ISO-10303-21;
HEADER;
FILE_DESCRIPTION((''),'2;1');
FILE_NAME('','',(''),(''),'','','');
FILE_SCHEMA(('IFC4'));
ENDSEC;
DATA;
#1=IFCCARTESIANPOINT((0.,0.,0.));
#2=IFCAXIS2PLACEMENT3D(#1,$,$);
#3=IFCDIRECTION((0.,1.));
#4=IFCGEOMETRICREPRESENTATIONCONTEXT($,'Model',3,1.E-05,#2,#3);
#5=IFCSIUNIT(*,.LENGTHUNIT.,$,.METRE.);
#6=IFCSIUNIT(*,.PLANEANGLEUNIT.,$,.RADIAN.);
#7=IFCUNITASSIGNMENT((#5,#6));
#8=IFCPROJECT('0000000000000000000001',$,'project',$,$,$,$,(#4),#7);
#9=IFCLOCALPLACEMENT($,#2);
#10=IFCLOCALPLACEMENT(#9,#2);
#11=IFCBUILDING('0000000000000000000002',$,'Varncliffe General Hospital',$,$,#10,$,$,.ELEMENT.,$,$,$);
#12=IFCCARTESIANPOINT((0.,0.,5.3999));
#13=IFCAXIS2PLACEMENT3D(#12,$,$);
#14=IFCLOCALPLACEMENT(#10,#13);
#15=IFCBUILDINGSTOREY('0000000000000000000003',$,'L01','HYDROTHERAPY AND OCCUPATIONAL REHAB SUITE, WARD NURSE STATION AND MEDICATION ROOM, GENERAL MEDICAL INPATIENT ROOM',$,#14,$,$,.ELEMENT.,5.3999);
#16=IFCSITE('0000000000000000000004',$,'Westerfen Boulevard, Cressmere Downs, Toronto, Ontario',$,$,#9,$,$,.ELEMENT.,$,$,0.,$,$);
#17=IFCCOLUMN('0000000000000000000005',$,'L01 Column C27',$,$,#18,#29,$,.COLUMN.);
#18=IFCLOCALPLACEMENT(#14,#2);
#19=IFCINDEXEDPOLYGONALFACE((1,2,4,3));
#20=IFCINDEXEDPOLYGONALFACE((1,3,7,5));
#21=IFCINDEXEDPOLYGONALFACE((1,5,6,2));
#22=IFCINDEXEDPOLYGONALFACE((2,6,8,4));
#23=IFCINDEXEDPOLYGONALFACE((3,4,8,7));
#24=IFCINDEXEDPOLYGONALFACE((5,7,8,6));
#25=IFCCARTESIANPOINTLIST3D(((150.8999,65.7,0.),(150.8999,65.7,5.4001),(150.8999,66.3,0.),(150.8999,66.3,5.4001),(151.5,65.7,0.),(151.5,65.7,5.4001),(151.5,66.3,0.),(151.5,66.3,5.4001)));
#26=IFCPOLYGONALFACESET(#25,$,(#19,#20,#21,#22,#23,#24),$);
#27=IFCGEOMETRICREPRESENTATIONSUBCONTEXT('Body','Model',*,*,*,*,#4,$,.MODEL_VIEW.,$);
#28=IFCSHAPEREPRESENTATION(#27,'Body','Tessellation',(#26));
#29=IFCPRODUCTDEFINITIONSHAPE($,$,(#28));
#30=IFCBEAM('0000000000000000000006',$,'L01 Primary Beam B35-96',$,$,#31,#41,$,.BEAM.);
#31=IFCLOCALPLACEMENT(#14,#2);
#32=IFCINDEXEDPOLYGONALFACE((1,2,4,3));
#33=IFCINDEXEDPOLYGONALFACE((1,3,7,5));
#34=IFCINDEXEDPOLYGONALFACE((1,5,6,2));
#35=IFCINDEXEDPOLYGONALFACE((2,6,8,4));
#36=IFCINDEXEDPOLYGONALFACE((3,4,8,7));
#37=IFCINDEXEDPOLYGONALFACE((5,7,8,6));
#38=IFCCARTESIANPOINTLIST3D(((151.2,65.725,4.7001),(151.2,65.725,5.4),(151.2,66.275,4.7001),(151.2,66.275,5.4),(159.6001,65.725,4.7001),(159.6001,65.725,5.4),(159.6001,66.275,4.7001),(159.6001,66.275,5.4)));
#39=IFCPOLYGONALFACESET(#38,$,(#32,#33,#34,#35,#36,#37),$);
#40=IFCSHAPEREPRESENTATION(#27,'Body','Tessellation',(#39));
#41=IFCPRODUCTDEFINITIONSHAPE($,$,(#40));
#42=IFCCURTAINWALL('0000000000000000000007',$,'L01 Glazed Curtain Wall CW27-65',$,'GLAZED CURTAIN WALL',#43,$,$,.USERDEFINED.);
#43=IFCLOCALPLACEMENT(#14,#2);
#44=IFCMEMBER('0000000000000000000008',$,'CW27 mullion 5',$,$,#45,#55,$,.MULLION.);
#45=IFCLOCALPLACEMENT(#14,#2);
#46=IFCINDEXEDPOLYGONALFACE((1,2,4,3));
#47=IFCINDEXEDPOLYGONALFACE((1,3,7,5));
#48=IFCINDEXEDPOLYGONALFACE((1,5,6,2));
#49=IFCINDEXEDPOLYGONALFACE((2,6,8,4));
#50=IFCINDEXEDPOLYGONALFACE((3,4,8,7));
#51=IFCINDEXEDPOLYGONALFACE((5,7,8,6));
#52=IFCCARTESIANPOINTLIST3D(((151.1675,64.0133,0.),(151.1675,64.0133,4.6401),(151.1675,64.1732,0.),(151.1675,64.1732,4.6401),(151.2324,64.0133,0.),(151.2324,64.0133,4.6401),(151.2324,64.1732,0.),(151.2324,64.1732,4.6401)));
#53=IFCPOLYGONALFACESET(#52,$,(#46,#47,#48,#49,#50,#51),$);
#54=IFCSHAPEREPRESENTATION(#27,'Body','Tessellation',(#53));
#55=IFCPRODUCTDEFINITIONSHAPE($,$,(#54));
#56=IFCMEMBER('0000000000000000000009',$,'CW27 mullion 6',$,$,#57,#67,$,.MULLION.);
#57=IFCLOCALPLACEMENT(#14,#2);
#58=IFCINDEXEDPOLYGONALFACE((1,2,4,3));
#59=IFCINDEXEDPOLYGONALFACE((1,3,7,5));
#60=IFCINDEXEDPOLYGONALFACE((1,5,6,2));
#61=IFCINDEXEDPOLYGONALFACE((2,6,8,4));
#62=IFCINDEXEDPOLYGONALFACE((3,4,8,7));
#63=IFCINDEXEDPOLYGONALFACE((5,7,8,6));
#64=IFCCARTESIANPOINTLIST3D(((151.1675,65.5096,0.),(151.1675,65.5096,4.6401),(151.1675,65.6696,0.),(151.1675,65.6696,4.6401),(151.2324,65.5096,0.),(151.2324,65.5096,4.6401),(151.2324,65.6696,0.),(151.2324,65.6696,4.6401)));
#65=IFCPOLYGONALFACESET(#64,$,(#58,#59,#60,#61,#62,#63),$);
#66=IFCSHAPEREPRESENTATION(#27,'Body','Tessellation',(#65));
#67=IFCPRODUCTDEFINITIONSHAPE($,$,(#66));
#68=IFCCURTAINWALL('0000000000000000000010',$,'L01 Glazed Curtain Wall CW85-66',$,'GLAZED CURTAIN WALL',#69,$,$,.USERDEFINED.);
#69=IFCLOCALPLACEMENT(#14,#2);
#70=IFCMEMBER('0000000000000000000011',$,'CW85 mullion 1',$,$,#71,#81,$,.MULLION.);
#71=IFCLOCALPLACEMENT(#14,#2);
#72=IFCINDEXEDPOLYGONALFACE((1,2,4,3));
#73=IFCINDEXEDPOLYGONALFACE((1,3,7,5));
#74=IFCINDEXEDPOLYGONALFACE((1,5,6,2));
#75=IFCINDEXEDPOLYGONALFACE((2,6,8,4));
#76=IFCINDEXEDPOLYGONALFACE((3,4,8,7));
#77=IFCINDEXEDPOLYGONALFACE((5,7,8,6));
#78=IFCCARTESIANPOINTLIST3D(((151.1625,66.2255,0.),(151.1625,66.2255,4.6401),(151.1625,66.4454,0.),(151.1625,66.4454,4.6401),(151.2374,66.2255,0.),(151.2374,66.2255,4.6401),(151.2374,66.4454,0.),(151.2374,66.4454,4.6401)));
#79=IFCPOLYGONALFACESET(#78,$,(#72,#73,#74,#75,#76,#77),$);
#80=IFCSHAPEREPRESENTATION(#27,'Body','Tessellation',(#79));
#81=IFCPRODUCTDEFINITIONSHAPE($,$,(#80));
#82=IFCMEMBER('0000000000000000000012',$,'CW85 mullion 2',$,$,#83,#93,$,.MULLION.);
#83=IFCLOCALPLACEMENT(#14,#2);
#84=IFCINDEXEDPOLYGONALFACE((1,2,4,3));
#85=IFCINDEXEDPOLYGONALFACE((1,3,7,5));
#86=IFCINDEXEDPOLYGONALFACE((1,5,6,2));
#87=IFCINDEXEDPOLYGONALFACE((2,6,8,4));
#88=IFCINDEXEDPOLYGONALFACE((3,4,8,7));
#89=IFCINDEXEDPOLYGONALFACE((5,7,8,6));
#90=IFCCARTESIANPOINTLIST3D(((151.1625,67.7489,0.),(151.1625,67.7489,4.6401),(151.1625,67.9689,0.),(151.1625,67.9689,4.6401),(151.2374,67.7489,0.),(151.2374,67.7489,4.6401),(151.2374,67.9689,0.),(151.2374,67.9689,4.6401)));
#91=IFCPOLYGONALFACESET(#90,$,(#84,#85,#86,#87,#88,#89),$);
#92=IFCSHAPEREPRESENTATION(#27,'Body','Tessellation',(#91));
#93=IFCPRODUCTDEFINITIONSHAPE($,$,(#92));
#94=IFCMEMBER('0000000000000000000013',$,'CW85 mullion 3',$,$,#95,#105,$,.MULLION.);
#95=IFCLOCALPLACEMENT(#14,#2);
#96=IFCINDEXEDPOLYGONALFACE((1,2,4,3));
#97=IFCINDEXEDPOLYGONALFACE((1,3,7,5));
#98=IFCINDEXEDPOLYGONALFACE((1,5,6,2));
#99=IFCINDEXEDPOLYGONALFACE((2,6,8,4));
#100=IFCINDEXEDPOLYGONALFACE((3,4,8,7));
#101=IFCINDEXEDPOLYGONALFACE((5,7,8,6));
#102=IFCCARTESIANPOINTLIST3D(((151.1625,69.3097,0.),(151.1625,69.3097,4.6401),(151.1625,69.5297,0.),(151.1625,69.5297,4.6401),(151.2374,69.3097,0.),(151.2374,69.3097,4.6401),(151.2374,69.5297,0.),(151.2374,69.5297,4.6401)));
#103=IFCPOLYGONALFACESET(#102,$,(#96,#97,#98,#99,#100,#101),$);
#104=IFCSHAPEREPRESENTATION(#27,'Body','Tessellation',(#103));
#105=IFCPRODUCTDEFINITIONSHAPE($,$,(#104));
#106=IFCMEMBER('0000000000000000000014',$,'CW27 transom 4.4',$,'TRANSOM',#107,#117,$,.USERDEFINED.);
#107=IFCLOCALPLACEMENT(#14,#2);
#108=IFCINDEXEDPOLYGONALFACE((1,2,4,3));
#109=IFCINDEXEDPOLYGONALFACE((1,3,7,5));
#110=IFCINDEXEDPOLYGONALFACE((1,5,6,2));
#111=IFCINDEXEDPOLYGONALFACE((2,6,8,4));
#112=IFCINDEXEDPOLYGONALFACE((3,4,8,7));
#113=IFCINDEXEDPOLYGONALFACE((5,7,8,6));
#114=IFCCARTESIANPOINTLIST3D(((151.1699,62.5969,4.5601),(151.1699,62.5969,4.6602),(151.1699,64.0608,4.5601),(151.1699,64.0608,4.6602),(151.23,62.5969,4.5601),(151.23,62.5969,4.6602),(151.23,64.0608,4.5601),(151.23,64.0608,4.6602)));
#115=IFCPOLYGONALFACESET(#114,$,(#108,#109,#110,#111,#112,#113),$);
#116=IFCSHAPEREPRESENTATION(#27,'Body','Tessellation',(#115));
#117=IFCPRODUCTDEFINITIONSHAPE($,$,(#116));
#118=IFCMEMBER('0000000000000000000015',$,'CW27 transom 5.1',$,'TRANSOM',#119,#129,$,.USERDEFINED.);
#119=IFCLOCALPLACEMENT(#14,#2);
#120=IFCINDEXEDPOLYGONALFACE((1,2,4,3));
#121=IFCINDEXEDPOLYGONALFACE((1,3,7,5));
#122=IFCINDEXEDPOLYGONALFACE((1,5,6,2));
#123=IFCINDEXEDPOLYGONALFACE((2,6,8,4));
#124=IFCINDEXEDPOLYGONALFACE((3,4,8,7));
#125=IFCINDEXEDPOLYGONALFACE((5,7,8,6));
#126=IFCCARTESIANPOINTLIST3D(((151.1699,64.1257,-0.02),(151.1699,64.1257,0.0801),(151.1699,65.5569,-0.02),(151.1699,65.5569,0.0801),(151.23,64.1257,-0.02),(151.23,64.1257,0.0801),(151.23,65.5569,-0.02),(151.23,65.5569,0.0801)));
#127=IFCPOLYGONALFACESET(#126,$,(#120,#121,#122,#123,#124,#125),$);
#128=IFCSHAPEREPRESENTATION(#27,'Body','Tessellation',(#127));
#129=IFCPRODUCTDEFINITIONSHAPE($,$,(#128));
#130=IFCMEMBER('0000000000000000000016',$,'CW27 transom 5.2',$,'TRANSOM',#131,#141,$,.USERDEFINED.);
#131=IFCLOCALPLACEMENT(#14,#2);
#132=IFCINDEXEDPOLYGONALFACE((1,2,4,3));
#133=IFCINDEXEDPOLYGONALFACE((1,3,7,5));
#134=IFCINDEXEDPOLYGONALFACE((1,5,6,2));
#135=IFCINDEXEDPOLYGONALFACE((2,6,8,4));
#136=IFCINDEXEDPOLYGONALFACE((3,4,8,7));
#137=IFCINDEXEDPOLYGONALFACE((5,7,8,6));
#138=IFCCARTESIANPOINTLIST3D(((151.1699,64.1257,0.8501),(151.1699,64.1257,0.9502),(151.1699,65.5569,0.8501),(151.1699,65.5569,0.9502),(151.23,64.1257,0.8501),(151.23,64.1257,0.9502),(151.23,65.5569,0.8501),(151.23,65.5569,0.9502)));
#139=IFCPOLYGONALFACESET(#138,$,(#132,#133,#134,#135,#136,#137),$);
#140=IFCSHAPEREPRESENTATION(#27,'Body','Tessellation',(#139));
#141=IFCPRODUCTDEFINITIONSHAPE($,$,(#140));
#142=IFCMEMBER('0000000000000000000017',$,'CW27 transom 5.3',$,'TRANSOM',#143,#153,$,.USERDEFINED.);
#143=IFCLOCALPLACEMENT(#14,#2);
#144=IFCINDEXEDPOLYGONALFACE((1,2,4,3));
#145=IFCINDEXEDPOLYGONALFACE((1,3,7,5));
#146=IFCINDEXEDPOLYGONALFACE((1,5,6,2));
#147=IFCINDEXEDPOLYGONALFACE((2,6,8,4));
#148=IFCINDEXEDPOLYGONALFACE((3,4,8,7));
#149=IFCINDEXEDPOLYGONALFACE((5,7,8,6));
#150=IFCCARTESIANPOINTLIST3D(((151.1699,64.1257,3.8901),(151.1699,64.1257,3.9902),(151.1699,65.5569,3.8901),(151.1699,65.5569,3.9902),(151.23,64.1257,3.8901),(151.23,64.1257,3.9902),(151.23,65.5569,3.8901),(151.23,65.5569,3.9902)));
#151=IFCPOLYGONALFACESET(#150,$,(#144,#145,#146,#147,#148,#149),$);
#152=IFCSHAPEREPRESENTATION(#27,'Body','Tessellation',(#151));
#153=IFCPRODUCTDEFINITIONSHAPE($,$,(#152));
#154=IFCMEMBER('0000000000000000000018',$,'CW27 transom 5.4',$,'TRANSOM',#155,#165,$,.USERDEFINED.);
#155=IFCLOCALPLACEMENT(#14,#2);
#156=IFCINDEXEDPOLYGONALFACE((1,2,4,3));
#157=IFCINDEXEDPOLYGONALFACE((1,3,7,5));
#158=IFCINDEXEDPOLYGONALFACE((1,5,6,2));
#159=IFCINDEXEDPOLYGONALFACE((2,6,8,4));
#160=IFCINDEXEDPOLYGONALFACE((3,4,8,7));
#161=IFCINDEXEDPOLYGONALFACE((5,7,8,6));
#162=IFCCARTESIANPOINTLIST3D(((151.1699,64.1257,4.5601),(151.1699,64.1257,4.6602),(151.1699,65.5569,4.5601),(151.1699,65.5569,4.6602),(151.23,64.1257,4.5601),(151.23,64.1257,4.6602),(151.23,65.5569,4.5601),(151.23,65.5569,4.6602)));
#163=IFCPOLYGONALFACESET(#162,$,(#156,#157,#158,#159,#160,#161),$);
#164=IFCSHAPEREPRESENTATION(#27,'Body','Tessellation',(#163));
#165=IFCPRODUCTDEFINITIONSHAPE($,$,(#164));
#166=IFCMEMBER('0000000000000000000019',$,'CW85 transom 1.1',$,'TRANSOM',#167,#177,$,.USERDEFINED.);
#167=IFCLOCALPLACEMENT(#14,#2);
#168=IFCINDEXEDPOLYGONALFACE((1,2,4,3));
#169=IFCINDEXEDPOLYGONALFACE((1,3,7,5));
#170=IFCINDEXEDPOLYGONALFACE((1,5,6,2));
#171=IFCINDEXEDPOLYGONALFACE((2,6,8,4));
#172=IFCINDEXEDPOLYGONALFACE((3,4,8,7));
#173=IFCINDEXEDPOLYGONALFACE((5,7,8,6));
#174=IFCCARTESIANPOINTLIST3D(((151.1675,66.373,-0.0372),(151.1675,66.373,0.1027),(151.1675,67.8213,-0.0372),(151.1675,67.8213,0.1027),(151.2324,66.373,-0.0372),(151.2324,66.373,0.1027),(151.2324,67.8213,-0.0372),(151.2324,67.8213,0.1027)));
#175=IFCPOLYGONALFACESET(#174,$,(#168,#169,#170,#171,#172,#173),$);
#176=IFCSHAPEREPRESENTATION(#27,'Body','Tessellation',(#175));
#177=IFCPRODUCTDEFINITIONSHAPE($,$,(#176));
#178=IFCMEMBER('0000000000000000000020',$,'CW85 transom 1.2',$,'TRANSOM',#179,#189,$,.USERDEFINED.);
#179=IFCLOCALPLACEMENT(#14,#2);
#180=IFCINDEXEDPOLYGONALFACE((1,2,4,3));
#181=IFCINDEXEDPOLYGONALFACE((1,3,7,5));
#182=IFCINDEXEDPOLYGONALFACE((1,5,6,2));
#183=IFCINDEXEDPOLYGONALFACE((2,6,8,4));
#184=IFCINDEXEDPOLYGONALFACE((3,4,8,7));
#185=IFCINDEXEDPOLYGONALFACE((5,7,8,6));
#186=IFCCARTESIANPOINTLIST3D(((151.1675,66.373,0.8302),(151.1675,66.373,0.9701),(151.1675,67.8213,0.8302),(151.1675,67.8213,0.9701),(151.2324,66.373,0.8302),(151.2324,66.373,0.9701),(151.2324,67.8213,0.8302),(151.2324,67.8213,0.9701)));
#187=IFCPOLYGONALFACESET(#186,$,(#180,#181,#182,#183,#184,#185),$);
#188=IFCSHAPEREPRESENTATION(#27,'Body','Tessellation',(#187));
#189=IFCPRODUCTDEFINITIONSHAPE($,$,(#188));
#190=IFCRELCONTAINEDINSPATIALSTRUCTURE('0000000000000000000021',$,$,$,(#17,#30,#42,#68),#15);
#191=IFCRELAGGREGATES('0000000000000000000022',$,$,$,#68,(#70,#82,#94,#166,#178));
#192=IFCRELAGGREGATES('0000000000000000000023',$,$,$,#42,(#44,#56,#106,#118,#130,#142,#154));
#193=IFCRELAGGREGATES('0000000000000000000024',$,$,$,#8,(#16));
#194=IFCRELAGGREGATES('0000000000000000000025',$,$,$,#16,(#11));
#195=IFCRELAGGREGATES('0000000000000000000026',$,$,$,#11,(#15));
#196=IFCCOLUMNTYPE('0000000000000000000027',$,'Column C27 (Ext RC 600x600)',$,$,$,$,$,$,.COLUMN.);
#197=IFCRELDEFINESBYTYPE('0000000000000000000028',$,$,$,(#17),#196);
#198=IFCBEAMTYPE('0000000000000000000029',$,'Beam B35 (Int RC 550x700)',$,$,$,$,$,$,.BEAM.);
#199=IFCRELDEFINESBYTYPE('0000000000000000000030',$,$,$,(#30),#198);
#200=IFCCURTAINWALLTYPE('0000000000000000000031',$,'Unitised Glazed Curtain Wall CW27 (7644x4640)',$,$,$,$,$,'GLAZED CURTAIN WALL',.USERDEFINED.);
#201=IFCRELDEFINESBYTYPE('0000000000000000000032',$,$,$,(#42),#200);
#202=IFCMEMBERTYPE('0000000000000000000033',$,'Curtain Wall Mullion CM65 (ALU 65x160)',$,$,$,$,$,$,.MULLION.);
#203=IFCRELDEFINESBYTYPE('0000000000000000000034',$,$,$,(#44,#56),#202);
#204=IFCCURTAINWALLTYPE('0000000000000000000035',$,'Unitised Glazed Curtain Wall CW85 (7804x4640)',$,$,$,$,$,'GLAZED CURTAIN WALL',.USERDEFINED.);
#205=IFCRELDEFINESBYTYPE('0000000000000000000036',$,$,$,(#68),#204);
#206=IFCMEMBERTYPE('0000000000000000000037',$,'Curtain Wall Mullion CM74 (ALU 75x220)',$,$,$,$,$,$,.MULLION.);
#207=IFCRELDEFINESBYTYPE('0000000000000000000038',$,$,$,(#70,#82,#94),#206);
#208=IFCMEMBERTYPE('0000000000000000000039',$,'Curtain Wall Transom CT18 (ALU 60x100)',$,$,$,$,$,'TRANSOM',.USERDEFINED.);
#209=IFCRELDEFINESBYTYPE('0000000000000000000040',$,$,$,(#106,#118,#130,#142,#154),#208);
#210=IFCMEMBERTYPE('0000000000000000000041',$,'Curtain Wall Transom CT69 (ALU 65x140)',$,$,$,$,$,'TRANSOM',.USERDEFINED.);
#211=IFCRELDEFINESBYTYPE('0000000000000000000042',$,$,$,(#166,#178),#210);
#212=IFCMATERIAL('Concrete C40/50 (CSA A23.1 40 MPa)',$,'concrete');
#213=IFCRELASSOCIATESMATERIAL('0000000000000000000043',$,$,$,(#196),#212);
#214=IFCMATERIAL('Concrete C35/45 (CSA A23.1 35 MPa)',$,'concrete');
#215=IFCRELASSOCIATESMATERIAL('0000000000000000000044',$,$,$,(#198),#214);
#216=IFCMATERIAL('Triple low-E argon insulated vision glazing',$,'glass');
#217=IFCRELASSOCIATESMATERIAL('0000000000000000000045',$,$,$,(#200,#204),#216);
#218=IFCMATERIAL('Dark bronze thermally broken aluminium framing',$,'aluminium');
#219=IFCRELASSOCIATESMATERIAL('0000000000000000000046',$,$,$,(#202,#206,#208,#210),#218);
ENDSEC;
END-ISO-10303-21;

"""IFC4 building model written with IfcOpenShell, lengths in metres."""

from ifc_helpers import new_model, si_unit, direction, frame, origin, origin_2d, place, context, subcontext, project, spatial, rectangle, extrude, material, material_profile, profile_set, type_object, element, aggregate, save


model = new_model("IFC4")

# Units and contexts
model_context = context("Model", 3, precision=1e-05, world=origin(), true_north=direction((0.0, 1.0)))
body_context = subcontext(model_context, "Body", "Model", "MODEL_VIEW")
ifc_project = project(units=[si_unit("LENGTHUNIT", "METRE"), si_unit("PLANEANGLEUNIT", "RADIAN")], contexts=[model_context])

# Site, building, storey
site_placement = place(None, origin())
site = spatial("IfcSite", under=ifc_project, at=site_placement, Name="Westerfen Boulevard, Cressmere Downs, Toronto, Ontario", CompositionType="ELEMENT", RefElevation=0.0)
building_placement = place(site_placement, origin())
building = spatial("IfcBuilding", under=site, at=building_placement, Name="Varncliffe General Hospital", CompositionType="ELEMENT")
storey_placement = place(building_placement, frame((0.0, 0.0, 5.3999)))
storey = spatial("IfcBuildingStorey", under=building, at=storey_placement, Name="L01", Description="HYDROTHERAPY AND OCCUPATIONAL REHAB SUITE, WARD NURSE STATION AND MEDICATION ROOM, GENERAL MEDICAL INPATIENT ROOM", CompositionType="ELEMENT", Elevation=5.3999)

# Column
ifc_material_1 = material(Name="Concrete C40/50 (CSA A23.1 40 MPa)", Category="concrete")
ifc_material_profile_1 = material_profile(ifc_material_1, rectangle(XDim=0.6001, YDim=0.6001, at=origin_2d()), Name="RC 600x600")
ifc_profile_set_1 = profile_set([ifc_material_profile_1], Name="Concrete C40/50 (CSA A23.1 40 MPa)")
column_type = type_object("IfcColumnType", Name="Column C27 (Ext RC 600x600)", PredefinedType="COLUMN", material=ifc_profile_set_1)
column_placement = place(storey_placement, frame((151.2, 66.0, 0.0), z_axis=(0.0, 0.0, 1.0), x_axis=(1.0, 0.0, 0.0)))
element("IfcColumn", 1, at=column_placement, inside=storey, type_object=column_type, Name="L01 Column C27", PredefinedType="COLUMN", context=body_context, shape_type="SweptSolid", body=[
    extrude(rectangle(XDim=0.6001, YDim=0.6001, at=origin_2d()), origin(), (0.0, 0.0, 1.0), 5.4001),
])

# Beam
ifc_material_2 = material(Name="Concrete C35/45 (CSA A23.1 35 MPa)", Category="concrete")
ifc_material_profile_2 = material_profile(ifc_material_2, rectangle(XDim=0.55, YDim=0.7, at=origin_2d()), Name="RC 550x700")
ifc_profile_set_2 = profile_set([ifc_material_profile_2], Name="Concrete C35/45 (CSA A23.1 35 MPa)")
beam_type_1 = type_object("IfcBeamType", Name="Beam B35 (Int RC 550x700)", PredefinedType="BEAM", material=ifc_profile_set_2)
beam_1_placement = place(storey_placement, frame((151.2, 66.0, 5.05), z_axis=(1.0, 0.0, 0.0), x_axis=(0.0, 1.0, 0.0)))
element("IfcBeam", 2, at=beam_1_placement, inside=storey, type_object=beam_type_1, Name="L01 Primary Beam B35-96", PredefinedType="BEAM", context=body_context, shape_type="SweptSolid", body=[
    extrude(rectangle(XDim=0.55, YDim=0.7, at=origin_2d()), origin(), (0.0, 0.0, 1.0), 8.4001),
])

# Curtain walls, members
ifc_material_3 = material(Name="Triple low-E argon insulated vision glazing", Category="glass")
curtain_wall_type_1 = type_object("IfcCurtainWallType", Name="Unitised Glazed Curtain Wall CW27 (7644x4640)", ElementType="GLAZED CURTAIN WALL", PredefinedType="USERDEFINED", material=ifc_material_3)
curtain_wall_1_placement = place(storey_placement, origin())
curtain_wall_1 = element("IfcCurtainWall", 3, at=curtain_wall_1_placement, inside=storey, type_object=curtain_wall_type_1, Name="L01 Glazed Curtain Wall CW27-65", ObjectType="GLAZED CURTAIN WALL", PredefinedType="USERDEFINED")
ifc_material_4 = material(Name="Dark bronze thermally broken aluminium framing", Category="aluminium")
ifc_material_profile_3 = material_profile(ifc_material_4, rectangle(XDim=0.0649, YDim=0.1599, at=origin_2d()), Name="ALU 65x160")
ifc_profile_set_3 = profile_set([ifc_material_profile_3], Name="Dark bronze thermally broken aluminium framing")
member_type_1 = type_object("IfcMemberType", Name="Curtain Wall Mullion CM65 (ALU 65x160)", PredefinedType="MULLION", material=ifc_profile_set_3)
member_1_placement = place(storey_placement, frame((151.2, 64.0933, 0.0), z_axis=(0.0, 0.0, 1.0), x_axis=(-1.0, 0.0, 0.0)))
member_1 = element("IfcMember", 4, at=member_1_placement, type_object=member_type_1, Name="CW27 mullion 5", PredefinedType="MULLION", context=body_context, shape_type="SweptSolid", body=[
    extrude(rectangle(XDim=0.0649, YDim=0.1599, at=origin_2d()), origin(), (0.0, 0.0, 1.0), 4.6401),
])
member_2_placement = place(storey_placement, frame((151.2, 65.5896, 0.0), z_axis=(0.0, 0.0, 1.0), x_axis=(-1.0, 0.0, 0.0)))
member_2 = element("IfcMember", 5, at=member_2_placement, type_object=member_type_1, Name="CW27 mullion 6", PredefinedType="MULLION", context=body_context, shape_type="SweptSolid", body=[
    extrude(rectangle(XDim=0.0649, YDim=0.1599, at=origin_2d()), origin(), (0.0, 0.0, 1.0), 4.6401),
])
curtain_wall_type_2 = type_object("IfcCurtainWallType", Name="Unitised Glazed Curtain Wall CW85 (7804x4640)", ElementType="GLAZED CURTAIN WALL", PredefinedType="USERDEFINED", material=ifc_material_3)
curtain_wall_2_placement = place(storey_placement, origin())
curtain_wall_2 = element("IfcCurtainWall", 6, at=curtain_wall_2_placement, inside=storey, type_object=curtain_wall_type_2, Name="L01 Glazed Curtain Wall CW85-66", ObjectType="GLAZED CURTAIN WALL", PredefinedType="USERDEFINED")
ifc_material_profile_4 = material_profile(ifc_material_4, rectangle(XDim=0.075, YDim=0.22, at=origin_2d()), Name="ALU 75x220")
ifc_profile_set_4 = profile_set([ifc_material_profile_4], Name="Dark bronze thermally broken aluminium framing")
member_type_2 = type_object("IfcMemberType", Name="Curtain Wall Mullion CM74 (ALU 75x220)", PredefinedType="MULLION", material=ifc_profile_set_4)
member_3_placement = place(storey_placement, frame((151.2, 66.3354, 0.0), z_axis=(0.0, 0.0, 1.0), x_axis=(-1.0, 0.0, 0.0)))
member_3 = element("IfcMember", 7, at=member_3_placement, type_object=member_type_2, Name="CW85 mullion 1", PredefinedType="MULLION", context=body_context, shape_type="SweptSolid", body=[
    extrude(rectangle(XDim=0.075, YDim=0.22, at=origin_2d()), origin(), (0.0, 0.0, 1.0), 4.6401),
])
member_4_placement = place(storey_placement, frame((151.2, 67.8589, 0.0), z_axis=(0.0, 0.0, 1.0), x_axis=(-1.0, 0.0, 0.0)))
member_4 = element("IfcMember", 8, at=member_4_placement, type_object=member_type_2, Name="CW85 mullion 2", PredefinedType="MULLION", context=body_context, shape_type="SweptSolid", body=[
    extrude(rectangle(XDim=0.075, YDim=0.22, at=origin_2d()), origin(), (0.0, 0.0, 1.0), 4.6401),
])
member_5_placement = place(storey_placement, frame((151.2, 69.4197, 0.0), z_axis=(0.0, 0.0, 1.0), x_axis=(-1.0, 0.0, 0.0)))
member_5 = element("IfcMember", 9, at=member_5_placement, type_object=member_type_2, Name="CW85 mullion 3", PredefinedType="MULLION", context=body_context, shape_type="SweptSolid", body=[
    extrude(rectangle(XDim=0.075, YDim=0.22, at=origin_2d()), origin(), (0.0, 0.0, 1.0), 4.6401),
])

# Members
ifc_material_profile_5 = material_profile(ifc_material_4, rectangle(XDim=0.0601, YDim=0.1001, at=origin_2d()), Name="ALU 60x100")
ifc_profile_set_5 = profile_set([ifc_material_profile_5], Name="Dark bronze thermally broken aluminium framing")
member_type_3 = type_object("IfcMemberType", Name="Curtain Wall Transom CT18 (ALU 60x100)", ElementType="TRANSOM", PredefinedType="USERDEFINED", material=ifc_profile_set_5)
member_6_placement = place(storey_placement, frame((151.2, 62.5969, 4.6101), z_axis=(0.0, 1.0, 0.0), x_axis=(-1.0, 0.0, 0.0)))
member_6 = element("IfcMember", 10, at=member_6_placement, type_object=member_type_3, Name="CW27 transom 4.4", ObjectType="TRANSOM", PredefinedType="USERDEFINED", context=body_context, shape_type="SweptSolid", body=[
    extrude(rectangle(XDim=0.0601, YDim=0.1001, at=origin_2d()), origin(), (0.0, 0.0, 1.0), 1.4639),
])
member_7_placement = place(storey_placement, frame((151.2, 64.1257, 0.03), z_axis=(0.0, 1.0, 0.0), x_axis=(-1.0, 0.0, 0.0)))
member_7 = element("IfcMember", 11, at=member_7_placement, type_object=member_type_3, Name="CW27 transom 5.1", ObjectType="TRANSOM", PredefinedType="USERDEFINED", context=body_context, shape_type="SweptSolid", body=[
    extrude(rectangle(XDim=0.0601, YDim=0.1001, at=origin_2d()), origin(), (0.0, 0.0, 1.0), 1.4312),
])
member_8_placement = place(storey_placement, frame((151.2, 64.1257, 0.9001), z_axis=(0.0, 1.0, 0.0), x_axis=(-1.0, 0.0, 0.0)))
member_8 = element("IfcMember", 12, at=member_8_placement, type_object=member_type_3, Name="CW27 transom 5.2", ObjectType="TRANSOM", PredefinedType="USERDEFINED", context=body_context, shape_type="SweptSolid", body=[
    extrude(rectangle(XDim=0.0601, YDim=0.1001, at=origin_2d()), origin(), (0.0, 0.0, 1.0), 1.4312),
])
member_9_placement = place(storey_placement, frame((151.2, 64.1257, 3.9402), z_axis=(0.0, 1.0, 0.0), x_axis=(-1.0, 0.0, 0.0)))
member_9 = element("IfcMember", 13, at=member_9_placement, type_object=member_type_3, Name="CW27 transom 5.3", ObjectType="TRANSOM", PredefinedType="USERDEFINED", context=body_context, shape_type="SweptSolid", body=[
    extrude(rectangle(XDim=0.0601, YDim=0.1001, at=origin_2d()), origin(), (0.0, 0.0, 1.0), 1.4312),
])
member_10_placement = place(storey_placement, frame((151.2, 64.1257, 4.6101), z_axis=(0.0, 1.0, 0.0), x_axis=(-1.0, 0.0, 0.0)))
member_10 = element("IfcMember", 14, at=member_10_placement, type_object=member_type_3, Name="CW27 transom 5.4", ObjectType="TRANSOM", PredefinedType="USERDEFINED", context=body_context, shape_type="SweptSolid", body=[
    extrude(rectangle(XDim=0.0601, YDim=0.1001, at=origin_2d()), origin(), (0.0, 0.0, 1.0), 1.4312),
])
ifc_material_profile_6 = material_profile(ifc_material_4, rectangle(XDim=0.0649, YDim=0.1399, at=origin_2d()), Name="ALU 65x140")
ifc_profile_set_6 = profile_set([ifc_material_profile_6], Name="Dark bronze thermally broken aluminium framing")
member_type_4 = type_object("IfcMemberType", Name="Curtain Wall Transom CT69 (ALU 65x140)", ElementType="TRANSOM", PredefinedType="USERDEFINED", material=ifc_profile_set_6)
member_11_placement = place(storey_placement, frame((151.2, 66.373, 0.0327), z_axis=(0.0, 1.0, 0.0), x_axis=(-1.0, 0.0, 0.0)))
member_11 = element("IfcMember", 15, at=member_11_placement, type_object=member_type_4, Name="CW85 transom 1.1", ObjectType="TRANSOM", PredefinedType="USERDEFINED", context=body_context, shape_type="SweptSolid", body=[
    extrude(rectangle(XDim=0.0649, YDim=0.1399, at=origin_2d()), origin(), (0.0, 0.0, 1.0), 1.4482),
])
member_12_placement = place(storey_placement, frame((151.2, 66.373, 0.9001), z_axis=(0.0, 1.0, 0.0), x_axis=(-1.0, 0.0, 0.0)))
member_12 = element("IfcMember", 16, at=member_12_placement, type_object=member_type_4, Name="CW85 transom 1.2", ObjectType="TRANSOM", PredefinedType="USERDEFINED", context=body_context, shape_type="SweptSolid", body=[
    extrude(rectangle(XDim=0.0649, YDim=0.1399, at=origin_2d()), origin(), (0.0, 0.0, 1.0), 1.4482),
])

aggregate(curtain_wall_2, [member_3, member_4, member_5, member_11, member_12])
aggregate(curtain_wall_1, [member_1, member_2, member_6, member_7, member_8, member_9, member_10])

save(model, "model.ifc")
